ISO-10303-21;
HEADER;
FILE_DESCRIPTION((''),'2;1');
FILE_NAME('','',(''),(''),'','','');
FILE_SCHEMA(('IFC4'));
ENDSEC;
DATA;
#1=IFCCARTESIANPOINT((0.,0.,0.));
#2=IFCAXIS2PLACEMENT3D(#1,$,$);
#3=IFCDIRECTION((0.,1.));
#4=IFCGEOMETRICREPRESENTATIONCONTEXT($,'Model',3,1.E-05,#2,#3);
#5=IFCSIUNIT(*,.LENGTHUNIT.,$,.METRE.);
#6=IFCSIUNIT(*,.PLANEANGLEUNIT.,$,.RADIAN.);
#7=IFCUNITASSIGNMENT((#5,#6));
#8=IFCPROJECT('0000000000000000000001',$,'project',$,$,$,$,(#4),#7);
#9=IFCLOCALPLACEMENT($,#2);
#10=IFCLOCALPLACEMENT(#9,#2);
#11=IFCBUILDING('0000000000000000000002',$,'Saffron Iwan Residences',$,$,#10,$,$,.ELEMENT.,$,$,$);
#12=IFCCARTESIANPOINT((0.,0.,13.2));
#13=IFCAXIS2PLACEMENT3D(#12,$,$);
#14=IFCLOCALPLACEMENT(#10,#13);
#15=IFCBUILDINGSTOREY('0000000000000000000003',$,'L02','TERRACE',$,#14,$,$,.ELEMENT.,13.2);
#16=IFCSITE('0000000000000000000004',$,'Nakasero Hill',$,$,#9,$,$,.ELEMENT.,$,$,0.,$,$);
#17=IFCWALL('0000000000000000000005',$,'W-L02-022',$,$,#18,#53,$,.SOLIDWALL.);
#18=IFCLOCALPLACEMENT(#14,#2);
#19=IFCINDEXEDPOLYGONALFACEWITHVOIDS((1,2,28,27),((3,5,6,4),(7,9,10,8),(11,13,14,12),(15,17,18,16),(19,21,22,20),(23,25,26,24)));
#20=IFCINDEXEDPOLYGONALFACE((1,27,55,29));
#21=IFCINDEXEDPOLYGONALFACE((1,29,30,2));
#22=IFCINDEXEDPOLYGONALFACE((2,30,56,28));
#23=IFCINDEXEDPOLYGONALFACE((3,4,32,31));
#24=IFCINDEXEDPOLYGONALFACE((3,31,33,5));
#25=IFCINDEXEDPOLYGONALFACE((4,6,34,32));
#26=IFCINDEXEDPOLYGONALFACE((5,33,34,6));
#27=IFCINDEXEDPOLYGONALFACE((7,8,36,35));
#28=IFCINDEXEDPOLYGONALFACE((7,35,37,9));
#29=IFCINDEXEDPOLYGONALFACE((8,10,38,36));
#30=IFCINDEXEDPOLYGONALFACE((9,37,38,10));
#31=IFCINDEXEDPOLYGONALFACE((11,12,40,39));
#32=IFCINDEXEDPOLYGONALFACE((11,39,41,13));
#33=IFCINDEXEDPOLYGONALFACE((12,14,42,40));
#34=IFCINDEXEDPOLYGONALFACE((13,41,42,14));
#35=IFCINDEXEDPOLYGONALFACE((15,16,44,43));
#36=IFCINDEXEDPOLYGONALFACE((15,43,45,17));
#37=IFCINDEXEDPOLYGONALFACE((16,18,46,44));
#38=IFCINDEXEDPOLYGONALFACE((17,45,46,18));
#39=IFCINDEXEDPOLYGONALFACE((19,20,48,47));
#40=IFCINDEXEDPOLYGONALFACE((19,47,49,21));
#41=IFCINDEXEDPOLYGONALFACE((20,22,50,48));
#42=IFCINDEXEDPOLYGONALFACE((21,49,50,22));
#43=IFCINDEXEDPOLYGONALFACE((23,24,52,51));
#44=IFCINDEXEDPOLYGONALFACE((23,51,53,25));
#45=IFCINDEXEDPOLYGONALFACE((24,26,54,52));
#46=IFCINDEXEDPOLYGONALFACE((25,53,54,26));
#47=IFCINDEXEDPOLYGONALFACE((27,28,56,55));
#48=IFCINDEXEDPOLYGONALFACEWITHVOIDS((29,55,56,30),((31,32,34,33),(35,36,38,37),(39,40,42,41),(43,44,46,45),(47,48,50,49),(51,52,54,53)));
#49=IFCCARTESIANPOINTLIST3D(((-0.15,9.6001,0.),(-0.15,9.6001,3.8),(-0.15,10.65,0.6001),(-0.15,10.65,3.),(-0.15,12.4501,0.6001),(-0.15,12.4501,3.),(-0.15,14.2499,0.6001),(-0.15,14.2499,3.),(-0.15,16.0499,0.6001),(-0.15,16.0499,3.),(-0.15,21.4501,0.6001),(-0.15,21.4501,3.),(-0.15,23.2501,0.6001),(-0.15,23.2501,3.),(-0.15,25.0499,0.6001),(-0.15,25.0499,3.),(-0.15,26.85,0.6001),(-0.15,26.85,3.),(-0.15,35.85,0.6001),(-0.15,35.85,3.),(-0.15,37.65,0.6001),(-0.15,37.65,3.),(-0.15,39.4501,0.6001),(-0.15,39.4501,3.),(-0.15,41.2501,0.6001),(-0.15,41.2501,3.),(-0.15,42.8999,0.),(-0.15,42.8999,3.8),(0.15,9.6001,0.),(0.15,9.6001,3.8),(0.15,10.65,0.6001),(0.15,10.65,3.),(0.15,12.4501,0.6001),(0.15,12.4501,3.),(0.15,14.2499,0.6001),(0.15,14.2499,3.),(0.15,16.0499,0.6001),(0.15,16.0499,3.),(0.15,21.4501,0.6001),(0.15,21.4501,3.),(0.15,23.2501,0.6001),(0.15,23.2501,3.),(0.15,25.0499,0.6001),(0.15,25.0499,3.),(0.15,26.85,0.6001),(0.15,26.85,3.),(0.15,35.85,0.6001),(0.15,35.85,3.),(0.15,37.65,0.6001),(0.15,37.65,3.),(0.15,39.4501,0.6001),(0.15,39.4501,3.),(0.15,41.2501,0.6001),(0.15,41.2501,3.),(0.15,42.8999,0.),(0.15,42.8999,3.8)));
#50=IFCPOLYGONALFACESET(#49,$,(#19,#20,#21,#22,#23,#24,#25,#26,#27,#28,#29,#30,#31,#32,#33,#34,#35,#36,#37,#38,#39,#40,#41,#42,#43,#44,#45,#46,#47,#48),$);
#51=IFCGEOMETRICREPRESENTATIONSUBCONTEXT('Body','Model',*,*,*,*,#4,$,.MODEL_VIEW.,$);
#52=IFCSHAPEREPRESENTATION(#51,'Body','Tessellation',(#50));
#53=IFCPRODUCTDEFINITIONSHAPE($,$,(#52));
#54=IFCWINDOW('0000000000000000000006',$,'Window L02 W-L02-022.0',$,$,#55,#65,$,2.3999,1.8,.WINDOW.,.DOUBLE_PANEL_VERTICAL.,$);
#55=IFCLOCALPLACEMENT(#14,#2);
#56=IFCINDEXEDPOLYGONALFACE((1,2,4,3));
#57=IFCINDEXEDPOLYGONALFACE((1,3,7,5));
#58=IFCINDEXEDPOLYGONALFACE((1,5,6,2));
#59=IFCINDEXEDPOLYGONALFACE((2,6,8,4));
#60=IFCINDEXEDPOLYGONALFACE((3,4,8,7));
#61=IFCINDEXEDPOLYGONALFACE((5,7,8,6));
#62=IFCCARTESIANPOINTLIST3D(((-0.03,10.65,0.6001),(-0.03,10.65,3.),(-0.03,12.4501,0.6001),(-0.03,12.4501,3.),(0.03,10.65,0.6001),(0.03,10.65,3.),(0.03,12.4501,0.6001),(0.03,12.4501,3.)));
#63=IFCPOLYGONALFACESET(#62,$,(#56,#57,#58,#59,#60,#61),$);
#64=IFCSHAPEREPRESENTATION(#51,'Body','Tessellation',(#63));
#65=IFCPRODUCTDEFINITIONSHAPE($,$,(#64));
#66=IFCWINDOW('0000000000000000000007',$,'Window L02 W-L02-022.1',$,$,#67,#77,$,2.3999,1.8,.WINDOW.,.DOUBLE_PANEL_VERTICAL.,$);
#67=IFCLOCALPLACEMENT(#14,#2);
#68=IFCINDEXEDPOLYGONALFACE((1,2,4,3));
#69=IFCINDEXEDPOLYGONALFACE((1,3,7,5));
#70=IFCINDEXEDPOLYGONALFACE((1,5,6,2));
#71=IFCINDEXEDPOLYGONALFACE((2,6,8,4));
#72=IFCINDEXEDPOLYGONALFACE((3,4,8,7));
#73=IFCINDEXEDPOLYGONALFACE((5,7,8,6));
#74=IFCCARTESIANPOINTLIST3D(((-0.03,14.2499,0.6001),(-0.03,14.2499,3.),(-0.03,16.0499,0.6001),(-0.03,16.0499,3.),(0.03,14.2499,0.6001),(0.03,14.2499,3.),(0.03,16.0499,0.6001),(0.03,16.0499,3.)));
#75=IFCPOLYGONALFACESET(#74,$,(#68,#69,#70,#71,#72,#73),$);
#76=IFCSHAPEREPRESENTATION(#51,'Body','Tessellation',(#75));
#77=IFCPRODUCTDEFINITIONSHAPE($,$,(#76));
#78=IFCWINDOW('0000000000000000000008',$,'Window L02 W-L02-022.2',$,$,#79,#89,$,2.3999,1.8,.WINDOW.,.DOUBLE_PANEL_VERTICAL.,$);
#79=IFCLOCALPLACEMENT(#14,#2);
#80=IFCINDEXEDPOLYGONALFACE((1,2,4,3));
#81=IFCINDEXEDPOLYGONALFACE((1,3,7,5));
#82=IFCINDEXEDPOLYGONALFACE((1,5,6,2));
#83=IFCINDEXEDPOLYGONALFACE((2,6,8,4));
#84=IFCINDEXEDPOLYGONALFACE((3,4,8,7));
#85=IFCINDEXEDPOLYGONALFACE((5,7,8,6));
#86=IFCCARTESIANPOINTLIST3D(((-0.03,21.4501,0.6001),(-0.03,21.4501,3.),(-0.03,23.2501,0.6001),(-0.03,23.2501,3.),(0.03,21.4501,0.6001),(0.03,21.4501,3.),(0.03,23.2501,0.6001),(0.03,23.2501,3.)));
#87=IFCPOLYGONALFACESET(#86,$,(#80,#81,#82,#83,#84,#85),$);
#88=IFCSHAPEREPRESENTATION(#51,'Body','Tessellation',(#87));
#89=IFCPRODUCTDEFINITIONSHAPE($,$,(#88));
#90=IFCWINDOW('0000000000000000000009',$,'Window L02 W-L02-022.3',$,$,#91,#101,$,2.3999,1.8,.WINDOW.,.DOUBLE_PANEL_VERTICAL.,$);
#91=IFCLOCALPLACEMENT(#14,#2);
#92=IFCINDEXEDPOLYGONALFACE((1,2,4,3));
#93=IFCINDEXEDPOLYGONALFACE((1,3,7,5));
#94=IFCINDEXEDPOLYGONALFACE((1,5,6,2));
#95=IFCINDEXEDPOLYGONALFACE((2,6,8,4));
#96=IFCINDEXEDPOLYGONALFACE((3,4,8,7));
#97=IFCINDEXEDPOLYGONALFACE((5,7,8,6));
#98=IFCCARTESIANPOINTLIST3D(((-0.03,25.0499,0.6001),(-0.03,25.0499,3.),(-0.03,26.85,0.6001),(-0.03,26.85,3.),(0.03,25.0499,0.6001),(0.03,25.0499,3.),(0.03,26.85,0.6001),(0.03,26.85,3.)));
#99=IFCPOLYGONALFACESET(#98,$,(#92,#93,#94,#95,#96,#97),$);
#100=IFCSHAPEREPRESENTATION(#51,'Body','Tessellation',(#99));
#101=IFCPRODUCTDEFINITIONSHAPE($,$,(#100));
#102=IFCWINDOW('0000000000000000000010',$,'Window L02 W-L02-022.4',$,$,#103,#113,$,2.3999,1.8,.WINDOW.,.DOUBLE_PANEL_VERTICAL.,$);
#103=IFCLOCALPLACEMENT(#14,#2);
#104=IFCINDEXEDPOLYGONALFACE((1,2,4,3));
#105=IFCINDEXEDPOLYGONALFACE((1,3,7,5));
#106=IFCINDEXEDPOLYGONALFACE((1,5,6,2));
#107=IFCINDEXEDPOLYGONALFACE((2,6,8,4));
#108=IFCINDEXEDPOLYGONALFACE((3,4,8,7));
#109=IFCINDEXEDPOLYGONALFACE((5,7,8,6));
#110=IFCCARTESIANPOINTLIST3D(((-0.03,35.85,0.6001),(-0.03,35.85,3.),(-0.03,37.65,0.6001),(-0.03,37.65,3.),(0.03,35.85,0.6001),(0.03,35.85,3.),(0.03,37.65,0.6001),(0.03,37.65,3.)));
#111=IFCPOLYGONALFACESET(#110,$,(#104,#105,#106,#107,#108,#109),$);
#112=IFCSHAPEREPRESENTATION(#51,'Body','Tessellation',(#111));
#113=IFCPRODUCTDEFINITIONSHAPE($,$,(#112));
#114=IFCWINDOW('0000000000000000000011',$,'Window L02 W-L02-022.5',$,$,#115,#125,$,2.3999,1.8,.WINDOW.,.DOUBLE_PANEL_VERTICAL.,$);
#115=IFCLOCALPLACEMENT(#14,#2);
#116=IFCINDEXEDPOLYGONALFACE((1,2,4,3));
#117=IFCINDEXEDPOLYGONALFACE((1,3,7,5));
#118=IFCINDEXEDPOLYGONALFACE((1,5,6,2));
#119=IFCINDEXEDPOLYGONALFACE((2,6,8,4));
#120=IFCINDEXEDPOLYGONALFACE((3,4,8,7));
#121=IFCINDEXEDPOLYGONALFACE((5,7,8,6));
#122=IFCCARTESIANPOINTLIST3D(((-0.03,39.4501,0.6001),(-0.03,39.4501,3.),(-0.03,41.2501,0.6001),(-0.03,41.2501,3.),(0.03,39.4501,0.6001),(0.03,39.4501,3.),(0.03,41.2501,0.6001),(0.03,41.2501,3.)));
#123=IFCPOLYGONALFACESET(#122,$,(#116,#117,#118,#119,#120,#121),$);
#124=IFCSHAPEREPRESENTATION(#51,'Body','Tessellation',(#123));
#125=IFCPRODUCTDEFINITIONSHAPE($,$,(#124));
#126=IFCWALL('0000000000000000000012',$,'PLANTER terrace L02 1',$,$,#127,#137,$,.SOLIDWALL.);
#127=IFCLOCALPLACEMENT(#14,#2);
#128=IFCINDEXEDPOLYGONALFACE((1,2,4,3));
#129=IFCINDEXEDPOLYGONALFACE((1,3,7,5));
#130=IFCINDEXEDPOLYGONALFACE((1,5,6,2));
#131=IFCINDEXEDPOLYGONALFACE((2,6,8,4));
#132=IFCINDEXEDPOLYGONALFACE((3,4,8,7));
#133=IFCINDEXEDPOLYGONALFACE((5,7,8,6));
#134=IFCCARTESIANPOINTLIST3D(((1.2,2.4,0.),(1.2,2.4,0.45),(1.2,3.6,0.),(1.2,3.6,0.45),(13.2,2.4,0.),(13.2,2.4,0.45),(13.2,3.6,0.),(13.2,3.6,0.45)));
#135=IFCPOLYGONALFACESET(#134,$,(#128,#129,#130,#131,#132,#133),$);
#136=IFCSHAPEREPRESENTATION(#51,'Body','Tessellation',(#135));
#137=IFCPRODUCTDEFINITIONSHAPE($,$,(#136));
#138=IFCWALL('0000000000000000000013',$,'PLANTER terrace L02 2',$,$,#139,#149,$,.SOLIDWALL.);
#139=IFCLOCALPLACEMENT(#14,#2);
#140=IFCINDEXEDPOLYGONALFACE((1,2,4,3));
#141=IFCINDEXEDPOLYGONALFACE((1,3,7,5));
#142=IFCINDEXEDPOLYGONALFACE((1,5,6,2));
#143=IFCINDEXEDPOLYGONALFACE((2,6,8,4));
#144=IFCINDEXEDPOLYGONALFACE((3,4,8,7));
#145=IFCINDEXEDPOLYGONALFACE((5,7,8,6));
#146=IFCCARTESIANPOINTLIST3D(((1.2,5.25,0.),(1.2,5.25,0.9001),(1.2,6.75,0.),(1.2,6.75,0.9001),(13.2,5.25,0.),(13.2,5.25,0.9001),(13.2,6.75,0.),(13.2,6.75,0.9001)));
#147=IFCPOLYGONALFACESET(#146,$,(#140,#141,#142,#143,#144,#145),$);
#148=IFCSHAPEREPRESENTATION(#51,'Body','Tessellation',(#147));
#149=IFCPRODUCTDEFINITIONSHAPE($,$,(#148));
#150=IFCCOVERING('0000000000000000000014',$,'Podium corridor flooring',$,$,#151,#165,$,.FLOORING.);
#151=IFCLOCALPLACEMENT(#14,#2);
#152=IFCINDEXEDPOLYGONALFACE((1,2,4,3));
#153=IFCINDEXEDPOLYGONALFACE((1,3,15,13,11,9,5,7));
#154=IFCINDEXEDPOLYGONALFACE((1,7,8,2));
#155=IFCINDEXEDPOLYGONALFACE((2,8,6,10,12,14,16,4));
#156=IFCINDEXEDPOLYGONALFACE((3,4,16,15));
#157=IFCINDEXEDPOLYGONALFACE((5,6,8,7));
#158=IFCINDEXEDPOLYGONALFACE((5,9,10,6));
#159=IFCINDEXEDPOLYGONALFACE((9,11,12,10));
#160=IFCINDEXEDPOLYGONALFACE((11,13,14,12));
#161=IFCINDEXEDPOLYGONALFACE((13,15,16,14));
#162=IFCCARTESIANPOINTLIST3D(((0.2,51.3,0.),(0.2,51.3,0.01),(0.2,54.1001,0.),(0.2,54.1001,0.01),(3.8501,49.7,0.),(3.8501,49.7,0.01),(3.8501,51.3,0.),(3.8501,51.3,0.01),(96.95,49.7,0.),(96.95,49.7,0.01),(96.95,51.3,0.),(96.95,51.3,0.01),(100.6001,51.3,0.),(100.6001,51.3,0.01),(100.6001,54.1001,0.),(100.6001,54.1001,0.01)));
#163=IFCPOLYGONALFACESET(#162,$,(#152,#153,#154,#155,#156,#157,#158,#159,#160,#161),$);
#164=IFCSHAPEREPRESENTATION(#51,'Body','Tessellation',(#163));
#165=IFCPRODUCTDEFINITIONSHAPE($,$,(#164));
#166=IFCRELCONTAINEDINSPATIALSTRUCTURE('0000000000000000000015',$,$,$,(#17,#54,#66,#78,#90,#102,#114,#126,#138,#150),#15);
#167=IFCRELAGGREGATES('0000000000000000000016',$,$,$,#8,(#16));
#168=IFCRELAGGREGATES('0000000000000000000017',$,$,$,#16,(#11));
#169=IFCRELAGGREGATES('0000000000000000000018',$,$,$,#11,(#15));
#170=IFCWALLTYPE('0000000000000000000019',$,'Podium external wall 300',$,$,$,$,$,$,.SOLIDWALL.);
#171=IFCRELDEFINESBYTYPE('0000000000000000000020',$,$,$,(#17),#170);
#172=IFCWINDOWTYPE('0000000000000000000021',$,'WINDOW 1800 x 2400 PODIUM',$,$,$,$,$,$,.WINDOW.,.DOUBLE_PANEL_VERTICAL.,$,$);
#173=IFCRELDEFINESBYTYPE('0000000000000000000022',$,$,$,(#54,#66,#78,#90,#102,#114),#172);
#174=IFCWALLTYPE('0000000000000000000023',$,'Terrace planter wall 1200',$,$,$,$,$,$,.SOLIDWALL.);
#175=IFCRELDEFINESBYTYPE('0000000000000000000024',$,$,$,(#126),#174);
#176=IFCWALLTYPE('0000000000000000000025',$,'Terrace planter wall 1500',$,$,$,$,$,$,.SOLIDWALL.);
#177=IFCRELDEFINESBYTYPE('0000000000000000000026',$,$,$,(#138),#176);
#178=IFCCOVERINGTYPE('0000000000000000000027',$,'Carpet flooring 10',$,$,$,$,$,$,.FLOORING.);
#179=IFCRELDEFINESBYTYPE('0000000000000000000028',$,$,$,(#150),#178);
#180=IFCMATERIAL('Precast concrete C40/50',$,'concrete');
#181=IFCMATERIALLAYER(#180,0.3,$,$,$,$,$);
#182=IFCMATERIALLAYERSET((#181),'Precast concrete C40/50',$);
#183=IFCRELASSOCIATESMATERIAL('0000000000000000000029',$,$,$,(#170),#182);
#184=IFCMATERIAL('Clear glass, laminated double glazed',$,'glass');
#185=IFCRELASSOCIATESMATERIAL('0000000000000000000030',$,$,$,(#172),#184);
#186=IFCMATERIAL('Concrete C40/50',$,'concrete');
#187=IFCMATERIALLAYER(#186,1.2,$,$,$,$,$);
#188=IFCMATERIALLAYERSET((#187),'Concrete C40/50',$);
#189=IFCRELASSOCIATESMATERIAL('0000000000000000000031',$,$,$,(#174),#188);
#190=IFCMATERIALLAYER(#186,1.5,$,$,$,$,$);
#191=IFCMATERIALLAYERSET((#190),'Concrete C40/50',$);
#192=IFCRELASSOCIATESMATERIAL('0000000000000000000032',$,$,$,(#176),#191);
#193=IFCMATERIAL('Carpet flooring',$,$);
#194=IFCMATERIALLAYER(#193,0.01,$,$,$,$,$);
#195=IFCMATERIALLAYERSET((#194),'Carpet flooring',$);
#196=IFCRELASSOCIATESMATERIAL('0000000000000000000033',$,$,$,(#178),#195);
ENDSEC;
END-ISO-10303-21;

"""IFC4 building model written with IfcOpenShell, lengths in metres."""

from ifc_helpers import new_model, si_unit, direction, frame, frame_2d, origin, place, context, subcontext, project, spatial, polyline, rectangle, outline, extrude, material, layer, layer_set, type_object, element, fill, save


model = new_model("IFC4")

# Units and contexts
model_context = context("Model", 3, precision=1e-05, world=origin(), true_north=direction((0.0, 1.0)))
body_context = subcontext(model_context, "Body", "Model", "MODEL_VIEW")
ifc_project = project(units=[si_unit("LENGTHUNIT", "METRE"), si_unit("PLANEANGLEUNIT", "RADIAN")], contexts=[model_context])

# Site, building, storey
site_placement = place(None, origin())
site = spatial("IfcSite", under=ifc_project, at=site_placement, Name="Nakasero Hill", CompositionType="ELEMENT", RefElevation=0.0)
building_placement = place(site_placement, origin())
building = spatial("IfcBuilding", under=site, at=building_placement, Name="Saffron Iwan Residences", CompositionType="ELEMENT")
storey_placement = place(building_placement, frame((0.0, 0.0, 13.2)))
storey = spatial("IfcBuildingStorey", under=building, at=storey_placement, Name="L02", Description="TERRACE", CompositionType="ELEMENT", Elevation=13.2)

# Shared definitions
ifc_material_1 = material(Name="Concrete C40/50", Category="concrete")

# Wall, openings, windows
ifc_material_2 = material(Name="Precast concrete C40/50", Category="concrete")
ifc_layer_1 = layer(ifc_material_2, 0.3)
ifc_layer_set_1 = layer_set([ifc_layer_1], Name="Precast concrete C40/50")
wall_type_1 = type_object("IfcWallType", Name="Podium external wall 300", PredefinedType="SOLIDWALL", material=ifc_layer_set_1)
wall_1_placement = place(storey_placement, frame((0.0, 9.6001, 0.0), z_axis=(0.0, 0.0, 1.0), x_axis=(0.0, 1.0, 0.0)))
wall_1 = element("IfcWall", 1, at=wall_1_placement, inside=storey, type_object=wall_type_1, Name="W-L02-022", PredefinedType="SOLIDWALL", context=body_context, shape_type="SweptSolid", body=[
    extrude(rectangle(XDim=33.2998, YDim=0.3, at=frame_2d((16.6499, 0.0))), origin(), (0.0, 0.0, 1.0), 3.8),
])
opening_1_placement = place(wall_1_placement, frame((1.05, 0.0, 0.6001)))
opening_1 = element("IfcOpeningElement", 2, at=opening_1_placement, cuts=wall_1, PredefinedType="OPENING", context=body_context, shape_type="SweptSolid", body=[
    extrude(rectangle(XDim=1.8, YDim=2.3999, at=frame_2d((0.8999, 1.2))), frame((0.0, 0.1602, 0.0), z_axis=(0.0, -1.0, 0.0), x_axis=(1.0, 0.0, 0.0)), (0.0, 0.0, 1.0), 0.3201),
])
opening_2_placement = place(wall_1_placement, frame((4.6499, 0.0, 0.6001)))
opening_2 = element("IfcOpeningElement", 3, at=opening_2_placement, cuts=wall_1, PredefinedType="OPENING", context=body_context, shape_type="SweptSolid", body=[
    extrude(rectangle(XDim=1.8, YDim=2.3999, at=frame_2d((0.8999, 1.2))), frame((0.0, 0.1602, 0.0), z_axis=(0.0, -1.0, 0.0), x_axis=(1.0, 0.0, 0.0)), (0.0, 0.0, 1.0), 0.3201),
])
opening_3_placement = place(wall_1_placement, frame((11.8501, 0.0, 0.6001)))
opening_3 = element("IfcOpeningElement", 4, at=opening_3_placement, cuts=wall_1, PredefinedType="OPENING", context=body_context, shape_type="SweptSolid", body=[
    extrude(rectangle(XDim=1.8, YDim=2.3999, at=frame_2d((0.8999, 1.2))), frame((0.0, 0.1602, 0.0), z_axis=(0.0, -1.0, 0.0), x_axis=(1.0, 0.0, 0.0)), (0.0, 0.0, 1.0), 0.3201),
])
opening_4_placement = place(wall_1_placement, frame((15.45, 0.0, 0.6001)))
opening_4 = element("IfcOpeningElement", 5, at=opening_4_placement, cuts=wall_1, PredefinedType="OPENING", context=body_context, shape_type="SweptSolid", body=[
    extrude(rectangle(XDim=1.8, YDim=2.3999, at=frame_2d((0.8999, 1.2))), frame((0.0, 0.1602, 0.0), z_axis=(0.0, -1.0, 0.0), x_axis=(1.0, 0.0, 0.0)), (0.0, 0.0, 1.0), 0.3201),
])
opening_5_placement = place(wall_1_placement, frame((26.25, 0.0, 0.6001)))
opening_5 = element("IfcOpeningElement", 6, at=opening_5_placement, cuts=wall_1, PredefinedType="OPENING", context=body_context, shape_type="SweptSolid", body=[
    extrude(rectangle(XDim=1.8, YDim=2.3999, at=frame_2d((0.8999, 1.2))), frame((0.0, 0.1602, 0.0), z_axis=(0.0, -1.0, 0.0), x_axis=(1.0, 0.0, 0.0)), (0.0, 0.0, 1.0), 0.3201),
])
opening_6_placement = place(wall_1_placement, frame((29.8501, 0.0, 0.6001)))
opening_6 = element("IfcOpeningElement", 7, at=opening_6_placement, cuts=wall_1, PredefinedType="OPENING", context=body_context, shape_type="SweptSolid", body=[
    extrude(rectangle(XDim=1.8, YDim=2.3999, at=frame_2d((0.8999, 1.2))), frame((0.0, 0.1602, 0.0), z_axis=(0.0, -1.0, 0.0), x_axis=(1.0, 0.0, 0.0)), (0.0, 0.0, 1.0), 0.3201),
])
ifc_material_3 = material(Name="Clear glass, laminated double glazed", Category="glass")
window_type = type_object("IfcWindowType", Name="WINDOW 1800 x 2400 PODIUM", PartitioningType="DOUBLE_PANEL_VERTICAL", PredefinedType="WINDOW", material=ifc_material_3)
window_1_placement = place(opening_1_placement, origin())
window_1 = element("IfcWindow", 8, at=window_1_placement, inside=storey, type_object=window_type, Name="Window L02 W-L02-022.0", OverallHeight=2.3999, OverallWidth=1.8, PartitioningType="DOUBLE_PANEL_VERTICAL", PredefinedType="WINDOW", context=body_context, shape_type="SweptSolid", body=[
    extrude(rectangle(XDim=1.8, YDim=2.3999, at=frame_2d((0.8999, 1.2))), frame((0.0, 0.03, 0.0), z_axis=(0.0, -1.0, 0.0), x_axis=(1.0, 0.0, 0.0)), (0.0, 0.0, 1.0), 0.0601),
])
fill(opening_1, window_1)
window_2_placement = place(opening_2_placement, origin())
window_2 = element("IfcWindow", 9, at=window_2_placement, inside=storey, type_object=window_type, Name="Window L02 W-L02-022.1", OverallHeight=2.3999, OverallWidth=1.8, PartitioningType="DOUBLE_PANEL_VERTICAL", PredefinedType="WINDOW", context=body_context, shape_type="SweptSolid", body=[
    extrude(rectangle(XDim=1.8, YDim=2.3999, at=frame_2d((0.8999, 1.2))), frame((0.0, 0.03, 0.0), z_axis=(0.0, -1.0, 0.0), x_axis=(1.0, 0.0, 0.0)), (0.0, 0.0, 1.0), 0.0601),
])
fill(opening_2, window_2)
window_3_placement = place(opening_3_placement, origin())
window_3 = element("IfcWindow", 10, at=window_3_placement, inside=storey, type_object=window_type, Name="Window L02 W-L02-022.2", OverallHeight=2.3999, OverallWidth=1.8, PartitioningType="DOUBLE_PANEL_VERTICAL", PredefinedType="WINDOW", context=body_context, shape_type="SweptSolid", body=[
    extrude(rectangle(XDim=1.8, YDim=2.3999, at=frame_2d((0.8999, 1.2))), frame((0.0, 0.03, 0.0), z_axis=(0.0, -1.0, 0.0), x_axis=(1.0, 0.0, 0.0)), (0.0, 0.0, 1.0), 0.0601),
])
fill(opening_3, window_3)
window_4_placement = place(opening_4_placement, origin())
window_4 = element("IfcWindow", 11, at=window_4_placement, inside=storey, type_object=window_type, Name="Window L02 W-L02-022.3", OverallHeight=2.3999, OverallWidth=1.8, PartitioningType="DOUBLE_PANEL_VERTICAL", PredefinedType="WINDOW", context=body_context, shape_type="SweptSolid", body=[
    extrude(rectangle(XDim=1.8, YDim=2.3999, at=frame_2d((0.8999, 1.2))), frame((0.0, 0.03, 0.0), z_axis=(0.0, -1.0, 0.0), x_axis=(1.0, 0.0, 0.0)), (0.0, 0.0, 1.0), 0.0601),
])
fill(opening_4, window_4)
window_5_placement = place(opening_5_placement, origin())
window_5 = element("IfcWindow", 12, at=window_5_placement, inside=storey, type_object=window_type, Name="Window L02 W-L02-022.4", OverallHeight=2.3999, OverallWidth=1.8, PartitioningType="DOUBLE_PANEL_VERTICAL", PredefinedType="WINDOW", context=body_context, shape_type="SweptSolid", body=[
    extrude(rectangle(XDim=1.8, YDim=2.3999, at=frame_2d((0.8999, 1.2))), frame((0.0, 0.03, 0.0), z_axis=(0.0, -1.0, 0.0), x_axis=(1.0, 0.0, 0.0)), (0.0, 0.0, 1.0), 0.0601),
])
fill(opening_5, window_5)
window_6_placement = place(opening_6_placement, origin())
window_6 = element("IfcWindow", 13, at=window_6_placement, inside=storey, type_object=window_type, Name="Window L02 W-L02-022.5", OverallHeight=2.3999, OverallWidth=1.8, PartitioningType="DOUBLE_PANEL_VERTICAL", PredefinedType="WINDOW", context=body_context, shape_type="SweptSolid", body=[
    extrude(rectangle(XDim=1.8, YDim=2.3999, at=frame_2d((0.8999, 1.2))), frame((0.0, 0.03, 0.0), z_axis=(0.0, -1.0, 0.0), x_axis=(1.0, 0.0, 0.0)), (0.0, 0.0, 1.0), 0.0601),
])
fill(opening_6, window_6)

# Walls
ifc_layer_2 = layer(ifc_material_1, 1.2)
ifc_layer_set_2 = layer_set([ifc_layer_2], Name="Concrete C40/50")
wall_type_2 = type_object("IfcWallType", Name="Terrace planter wall 1200", PredefinedType="SOLIDWALL", material=ifc_layer_set_2)
wall_2_placement = place(storey_placement, frame((1.2, 3.0, 0.0), z_axis=(0.0, 0.0, 1.0), x_axis=(1.0, 0.0, 0.0)))
element("IfcWall", 14, at=wall_2_placement, inside=storey, type_object=wall_type_2, Name="PLANTER terrace L02 1", PredefinedType="SOLIDWALL", context=body_context, shape_type="SweptSolid", body=[
    extrude(rectangle(XDim=12.0, YDim=1.2, at=frame_2d((6.0, 0.0))), origin(), (0.0, 0.0, 1.0), 0.45),
])
ifc_layer_3 = layer(ifc_material_1, 1.5)
ifc_layer_set_3 = layer_set([ifc_layer_3], Name="Concrete C40/50")
wall_type_3 = type_object("IfcWallType", Name="Terrace planter wall 1500", PredefinedType="SOLIDWALL", material=ifc_layer_set_3)
wall_3_placement = place(storey_placement, frame((1.2, 6.0, 0.0), z_axis=(0.0, 0.0, 1.0), x_axis=(1.0, 0.0, 0.0)))
element("IfcWall", 15, at=wall_3_placement, inside=storey, type_object=wall_type_3, Name="PLANTER terrace L02 2", PredefinedType="SOLIDWALL", context=body_context, shape_type="SweptSolid", body=[
    extrude(rectangle(XDim=12.0, YDim=1.5, at=frame_2d((6.0, 0.0))), origin(), (0.0, 0.0, 1.0), 0.9001),
])

# Covering
ifc_material_4 = material(Name="Carpet flooring")
ifc_layer_4 = layer(ifc_material_4, 0.01)
ifc_layer_set_4 = layer_set([ifc_layer_4], Name="Carpet flooring")
covering_type_1 = type_object("IfcCoveringType", Name="Carpet flooring 10", PredefinedType="FLOORING", material=ifc_layer_set_4)
covering_1_placement = place(storey_placement, origin())
element("IfcCovering", 16, at=covering_1_placement, inside=storey, type_object=covering_type_1, Name="Podium corridor flooring", PredefinedType="FLOORING", context=body_context, shape_type="SweptSolid", body=[
    extrude(outline(polyline([(100.6001, 51.3), (96.95, 51.3), (96.95, 49.7), (3.8501, 49.7), (3.8501, 51.3), (0.2, 51.3), (0.2, 54.1001), (100.6001, 54.1001), (100.6001, 51.3)])), origin(), (0.0, 0.0, 1.0), 0.01),
])

save(model, "model.ifc")
